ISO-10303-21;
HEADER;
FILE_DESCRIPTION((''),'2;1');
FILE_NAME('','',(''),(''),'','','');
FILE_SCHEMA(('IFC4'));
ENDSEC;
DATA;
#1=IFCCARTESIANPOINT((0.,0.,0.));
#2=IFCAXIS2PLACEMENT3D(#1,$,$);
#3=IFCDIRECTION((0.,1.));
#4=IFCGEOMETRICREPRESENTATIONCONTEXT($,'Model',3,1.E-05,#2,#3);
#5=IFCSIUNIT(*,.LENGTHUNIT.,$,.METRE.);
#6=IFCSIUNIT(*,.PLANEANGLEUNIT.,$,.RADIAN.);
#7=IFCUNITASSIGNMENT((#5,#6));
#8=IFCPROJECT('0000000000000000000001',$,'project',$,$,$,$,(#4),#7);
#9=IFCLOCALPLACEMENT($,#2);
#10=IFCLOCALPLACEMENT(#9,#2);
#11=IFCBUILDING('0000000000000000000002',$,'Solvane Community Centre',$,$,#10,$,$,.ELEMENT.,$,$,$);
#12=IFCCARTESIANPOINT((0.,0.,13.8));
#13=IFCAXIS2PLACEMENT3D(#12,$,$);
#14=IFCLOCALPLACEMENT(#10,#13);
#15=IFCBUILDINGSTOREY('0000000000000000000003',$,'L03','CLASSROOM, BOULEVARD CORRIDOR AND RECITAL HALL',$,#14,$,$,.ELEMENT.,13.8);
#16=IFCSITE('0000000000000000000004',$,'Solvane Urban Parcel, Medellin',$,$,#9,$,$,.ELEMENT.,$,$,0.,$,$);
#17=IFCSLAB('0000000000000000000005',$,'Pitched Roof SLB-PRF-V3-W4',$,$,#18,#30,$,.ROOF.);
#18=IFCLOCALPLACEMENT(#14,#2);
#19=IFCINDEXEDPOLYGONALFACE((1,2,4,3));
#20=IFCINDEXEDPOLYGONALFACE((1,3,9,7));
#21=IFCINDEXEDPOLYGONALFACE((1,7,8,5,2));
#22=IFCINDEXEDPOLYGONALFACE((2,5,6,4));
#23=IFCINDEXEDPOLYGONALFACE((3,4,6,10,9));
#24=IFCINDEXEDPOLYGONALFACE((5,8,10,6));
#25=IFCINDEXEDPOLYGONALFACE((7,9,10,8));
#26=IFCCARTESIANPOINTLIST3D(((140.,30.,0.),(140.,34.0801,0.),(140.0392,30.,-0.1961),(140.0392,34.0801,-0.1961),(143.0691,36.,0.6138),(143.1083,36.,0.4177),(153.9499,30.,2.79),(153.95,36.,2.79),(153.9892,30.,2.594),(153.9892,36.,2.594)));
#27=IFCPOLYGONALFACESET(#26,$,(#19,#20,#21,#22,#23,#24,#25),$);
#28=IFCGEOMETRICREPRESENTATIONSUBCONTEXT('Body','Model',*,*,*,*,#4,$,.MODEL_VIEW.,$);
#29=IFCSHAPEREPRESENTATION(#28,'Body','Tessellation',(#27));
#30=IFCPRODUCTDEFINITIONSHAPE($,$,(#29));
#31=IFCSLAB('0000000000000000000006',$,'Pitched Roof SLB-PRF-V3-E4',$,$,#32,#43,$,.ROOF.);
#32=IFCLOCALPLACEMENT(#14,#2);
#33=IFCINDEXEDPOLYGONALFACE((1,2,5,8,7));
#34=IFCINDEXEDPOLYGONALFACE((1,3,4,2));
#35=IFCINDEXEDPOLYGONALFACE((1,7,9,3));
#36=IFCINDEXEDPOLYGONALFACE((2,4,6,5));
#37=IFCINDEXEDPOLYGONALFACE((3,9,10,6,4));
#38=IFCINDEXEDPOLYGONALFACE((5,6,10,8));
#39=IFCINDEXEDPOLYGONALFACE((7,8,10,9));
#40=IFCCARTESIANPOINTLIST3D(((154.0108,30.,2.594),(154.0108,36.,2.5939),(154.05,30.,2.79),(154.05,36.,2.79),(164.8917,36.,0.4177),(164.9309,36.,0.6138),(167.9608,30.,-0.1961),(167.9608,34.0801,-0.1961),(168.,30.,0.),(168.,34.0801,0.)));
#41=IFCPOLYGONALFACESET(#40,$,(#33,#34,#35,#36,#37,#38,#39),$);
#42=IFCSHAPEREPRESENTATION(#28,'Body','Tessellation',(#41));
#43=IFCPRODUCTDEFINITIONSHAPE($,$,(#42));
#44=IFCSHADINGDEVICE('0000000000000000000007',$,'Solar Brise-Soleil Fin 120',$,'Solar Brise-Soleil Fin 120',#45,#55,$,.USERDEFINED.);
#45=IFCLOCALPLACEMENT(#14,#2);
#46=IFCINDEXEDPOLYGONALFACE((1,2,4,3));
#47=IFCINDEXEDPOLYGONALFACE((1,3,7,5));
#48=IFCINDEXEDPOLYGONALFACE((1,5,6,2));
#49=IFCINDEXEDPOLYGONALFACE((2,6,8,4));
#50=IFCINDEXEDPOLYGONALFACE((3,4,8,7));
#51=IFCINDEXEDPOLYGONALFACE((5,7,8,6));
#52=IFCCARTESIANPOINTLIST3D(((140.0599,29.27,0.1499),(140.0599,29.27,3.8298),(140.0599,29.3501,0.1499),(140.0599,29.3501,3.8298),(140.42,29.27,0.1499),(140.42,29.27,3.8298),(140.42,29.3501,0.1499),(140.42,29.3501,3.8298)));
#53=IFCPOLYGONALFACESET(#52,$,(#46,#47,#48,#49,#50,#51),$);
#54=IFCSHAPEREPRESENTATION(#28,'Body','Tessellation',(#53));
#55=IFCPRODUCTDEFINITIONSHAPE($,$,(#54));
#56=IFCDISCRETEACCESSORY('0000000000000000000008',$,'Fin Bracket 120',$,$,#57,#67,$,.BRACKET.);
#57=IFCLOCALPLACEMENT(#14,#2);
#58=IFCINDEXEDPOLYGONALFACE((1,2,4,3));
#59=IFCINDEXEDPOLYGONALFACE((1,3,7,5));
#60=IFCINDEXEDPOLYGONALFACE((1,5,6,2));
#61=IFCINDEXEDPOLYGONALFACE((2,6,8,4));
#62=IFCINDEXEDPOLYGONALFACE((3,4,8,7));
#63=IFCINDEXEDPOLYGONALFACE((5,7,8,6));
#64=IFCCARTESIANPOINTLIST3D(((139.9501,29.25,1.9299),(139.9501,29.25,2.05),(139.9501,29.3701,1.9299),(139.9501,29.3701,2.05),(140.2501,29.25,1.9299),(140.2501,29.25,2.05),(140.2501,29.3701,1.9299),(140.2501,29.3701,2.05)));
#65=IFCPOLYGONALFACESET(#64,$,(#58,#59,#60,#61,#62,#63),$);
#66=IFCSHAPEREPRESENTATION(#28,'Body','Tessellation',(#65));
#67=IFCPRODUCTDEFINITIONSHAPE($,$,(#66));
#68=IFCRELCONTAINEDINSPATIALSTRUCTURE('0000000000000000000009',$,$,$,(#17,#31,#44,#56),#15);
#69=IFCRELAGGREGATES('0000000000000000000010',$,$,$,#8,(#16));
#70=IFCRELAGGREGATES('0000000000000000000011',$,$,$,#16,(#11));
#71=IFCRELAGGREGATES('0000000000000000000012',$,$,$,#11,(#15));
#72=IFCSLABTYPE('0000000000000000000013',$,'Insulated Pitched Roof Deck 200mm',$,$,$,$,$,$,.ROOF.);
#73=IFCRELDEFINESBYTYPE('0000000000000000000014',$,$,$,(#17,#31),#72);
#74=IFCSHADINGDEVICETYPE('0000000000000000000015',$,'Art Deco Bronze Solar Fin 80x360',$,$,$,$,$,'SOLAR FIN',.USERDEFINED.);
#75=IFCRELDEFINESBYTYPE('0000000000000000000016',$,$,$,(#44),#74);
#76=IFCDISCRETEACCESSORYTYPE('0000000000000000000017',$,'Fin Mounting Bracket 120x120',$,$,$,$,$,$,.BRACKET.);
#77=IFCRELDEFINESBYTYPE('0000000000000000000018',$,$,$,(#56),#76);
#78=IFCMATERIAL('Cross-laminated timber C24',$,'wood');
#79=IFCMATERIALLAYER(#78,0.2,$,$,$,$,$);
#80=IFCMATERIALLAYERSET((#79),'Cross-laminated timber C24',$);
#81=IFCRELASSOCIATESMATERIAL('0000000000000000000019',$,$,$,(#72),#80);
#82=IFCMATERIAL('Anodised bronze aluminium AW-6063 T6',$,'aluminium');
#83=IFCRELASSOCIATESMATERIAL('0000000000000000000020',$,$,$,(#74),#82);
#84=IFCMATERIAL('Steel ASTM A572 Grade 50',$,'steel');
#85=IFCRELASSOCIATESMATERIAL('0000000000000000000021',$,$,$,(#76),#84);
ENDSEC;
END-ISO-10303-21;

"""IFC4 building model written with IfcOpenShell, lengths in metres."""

from ifc_helpers import new_model, si_unit, direction, frame, origin, origin_2d, place, context, subcontext, project, spatial, polyline, rectangle, outline, extrude, material, layer, layer_set, type_object, element, save


model = new_model("IFC4")

# Units and contexts
model_context = context("Model", 3, precision=1e-05, world=origin(), true_north=direction((0.0, 1.0)))
body_context = subcontext(model_context, "Body", "Model", "MODEL_VIEW")
ifc_project = project(units=[si_unit("LENGTHUNIT", "METRE"), si_unit("PLANEANGLEUNIT", "RADIAN")], contexts=[model_context])

# Site, building, storey
site_placement = place(None, origin())
site = spatial("IfcSite", under=ifc_project, at=site_placement, Name="Solvane Urban Parcel, Medellin", CompositionType="ELEMENT", RefElevation=0.0)
building_placement = place(site_placement, origin())
building = spatial("IfcBuilding", under=site, at=building_placement, Name="Solvane Community Centre", CompositionType="ELEMENT")
storey_placement = place(building_placement, frame((0.0, 0.0, 13.8)))
storey = spatial("IfcBuildingStorey", under=building, at=storey_placement, Name="L03", Description="CLASSROOM, BOULEVARD CORRIDOR AND RECITAL HALL", CompositionType="ELEMENT", Elevation=13.8)

# Shared definitions
ifc_material_1 = material(Name="Anodised bronze aluminium AW-6063 T6", Category="aluminium")

# Shared definitions
ifc_material_2 = material(Name="Steel ASTM A572 Grade 50", Category="steel")

# Slabs
ifc_material_3 = material(Name="Cross-laminated timber C24", Category="wood")
ifc_layer_1 = layer(ifc_material_3, 0.2)
ifc_layer_set_1 = layer_set([ifc_layer_1], Name="Cross-laminated timber C24")
slab_type = type_object("IfcSlabType", Name="Insulated Pitched Roof Deck 200mm", PredefinedType="ROOF", material=ifc_layer_set_1)
slab_1_placement = place(storey_placement, frame((140.0, 30.0, 0.0), z_axis=(-0.19612, 0.000005, 0.98058), x_axis=(0.98058, 0.0, 0.19612)))
element("IfcSlab", 1, at=slab_1_placement, inside=storey, type_object=slab_type, Name="Pitched Roof SLB-PRF-V3-W4", PredefinedType="ROOF", context=body_context, shape_type="SweptSolid", body=[
    extrude(outline(polyline([(0.0, 0.0), (14.2262, 0.0), (14.2262, 6.0), (3.1299, 6.0), (0.0, 4.0801), (0.0, 0.0)])), origin(), (0.0, 0.0, -1.0), 0.2),
])
slab_2_placement = place(storey_placement, frame((154.05, 30.0, 2.79), z_axis=(0.19612, 0.000005, 0.98058), x_axis=(0.98058, 0.0, -0.19612)))
element("IfcSlab", 2, at=slab_2_placement, inside=storey, type_object=slab_type, Name="Pitched Roof SLB-PRF-V3-E4", PredefinedType="ROOF", context=body_context, shape_type="SweptSolid", body=[
    extrude(outline(polyline([(0.0, 0.0), (14.2262, 0.0), (14.2262, 4.0801), (11.0964, 6.0), (0.0, 6.0), (0.0, 0.0)])), origin(), (0.0, 0.0, -1.0), 0.2),
])

# Shading device
shading_device_type = type_object("IfcShadingDeviceType", Name="Art Deco Bronze Solar Fin 80x360", ElementType="SOLAR FIN", PredefinedType="USERDEFINED", material=ifc_material_1)
shading_device_placement = place(storey_placement, frame((140.24, 29.3101, 0.1499), z_axis=(0.0, 0.0, 1.0), x_axis=(0.0, -1.0, 0.0)))
element("IfcShadingDevice", 3, at=shading_device_placement, inside=storey, type_object=shading_device_type, Name="Solar Brise-Soleil Fin 120", ObjectType="Solar Brise-Soleil Fin 120", PredefinedType="USERDEFINED", context=body_context, shape_type="SweptSolid", body=[
    extrude(rectangle(XDim=0.0801, YDim=0.3601, at=origin_2d()), origin(), (0.0, 0.0, 1.0), 3.6799),
])

# Discrete accessory
discrete_accessory_type = type_object("IfcDiscreteAccessoryType", Name="Fin Mounting Bracket 120x120", PredefinedType="BRACKET", material=ifc_material_2)
discrete_accessory_placement = place(storey_placement, frame((140.1001, 29.3101, 1.9299), z_axis=(0.0, 0.0, 1.0), x_axis=(0.0, -1.0, 0.0)))
element("IfcDiscreteAccessory", 4, at=discrete_accessory_placement, inside=storey, type_object=discrete_accessory_type, Name="Fin Bracket 120", PredefinedType="BRACKET", context=body_context, shape_type="SweptSolid", body=[
    extrude(rectangle(XDim=0.1201, YDim=0.3, at=origin_2d()), origin(), (0.0, 0.0, 1.0), 0.1201),
])

save(model, "model.ifc")
